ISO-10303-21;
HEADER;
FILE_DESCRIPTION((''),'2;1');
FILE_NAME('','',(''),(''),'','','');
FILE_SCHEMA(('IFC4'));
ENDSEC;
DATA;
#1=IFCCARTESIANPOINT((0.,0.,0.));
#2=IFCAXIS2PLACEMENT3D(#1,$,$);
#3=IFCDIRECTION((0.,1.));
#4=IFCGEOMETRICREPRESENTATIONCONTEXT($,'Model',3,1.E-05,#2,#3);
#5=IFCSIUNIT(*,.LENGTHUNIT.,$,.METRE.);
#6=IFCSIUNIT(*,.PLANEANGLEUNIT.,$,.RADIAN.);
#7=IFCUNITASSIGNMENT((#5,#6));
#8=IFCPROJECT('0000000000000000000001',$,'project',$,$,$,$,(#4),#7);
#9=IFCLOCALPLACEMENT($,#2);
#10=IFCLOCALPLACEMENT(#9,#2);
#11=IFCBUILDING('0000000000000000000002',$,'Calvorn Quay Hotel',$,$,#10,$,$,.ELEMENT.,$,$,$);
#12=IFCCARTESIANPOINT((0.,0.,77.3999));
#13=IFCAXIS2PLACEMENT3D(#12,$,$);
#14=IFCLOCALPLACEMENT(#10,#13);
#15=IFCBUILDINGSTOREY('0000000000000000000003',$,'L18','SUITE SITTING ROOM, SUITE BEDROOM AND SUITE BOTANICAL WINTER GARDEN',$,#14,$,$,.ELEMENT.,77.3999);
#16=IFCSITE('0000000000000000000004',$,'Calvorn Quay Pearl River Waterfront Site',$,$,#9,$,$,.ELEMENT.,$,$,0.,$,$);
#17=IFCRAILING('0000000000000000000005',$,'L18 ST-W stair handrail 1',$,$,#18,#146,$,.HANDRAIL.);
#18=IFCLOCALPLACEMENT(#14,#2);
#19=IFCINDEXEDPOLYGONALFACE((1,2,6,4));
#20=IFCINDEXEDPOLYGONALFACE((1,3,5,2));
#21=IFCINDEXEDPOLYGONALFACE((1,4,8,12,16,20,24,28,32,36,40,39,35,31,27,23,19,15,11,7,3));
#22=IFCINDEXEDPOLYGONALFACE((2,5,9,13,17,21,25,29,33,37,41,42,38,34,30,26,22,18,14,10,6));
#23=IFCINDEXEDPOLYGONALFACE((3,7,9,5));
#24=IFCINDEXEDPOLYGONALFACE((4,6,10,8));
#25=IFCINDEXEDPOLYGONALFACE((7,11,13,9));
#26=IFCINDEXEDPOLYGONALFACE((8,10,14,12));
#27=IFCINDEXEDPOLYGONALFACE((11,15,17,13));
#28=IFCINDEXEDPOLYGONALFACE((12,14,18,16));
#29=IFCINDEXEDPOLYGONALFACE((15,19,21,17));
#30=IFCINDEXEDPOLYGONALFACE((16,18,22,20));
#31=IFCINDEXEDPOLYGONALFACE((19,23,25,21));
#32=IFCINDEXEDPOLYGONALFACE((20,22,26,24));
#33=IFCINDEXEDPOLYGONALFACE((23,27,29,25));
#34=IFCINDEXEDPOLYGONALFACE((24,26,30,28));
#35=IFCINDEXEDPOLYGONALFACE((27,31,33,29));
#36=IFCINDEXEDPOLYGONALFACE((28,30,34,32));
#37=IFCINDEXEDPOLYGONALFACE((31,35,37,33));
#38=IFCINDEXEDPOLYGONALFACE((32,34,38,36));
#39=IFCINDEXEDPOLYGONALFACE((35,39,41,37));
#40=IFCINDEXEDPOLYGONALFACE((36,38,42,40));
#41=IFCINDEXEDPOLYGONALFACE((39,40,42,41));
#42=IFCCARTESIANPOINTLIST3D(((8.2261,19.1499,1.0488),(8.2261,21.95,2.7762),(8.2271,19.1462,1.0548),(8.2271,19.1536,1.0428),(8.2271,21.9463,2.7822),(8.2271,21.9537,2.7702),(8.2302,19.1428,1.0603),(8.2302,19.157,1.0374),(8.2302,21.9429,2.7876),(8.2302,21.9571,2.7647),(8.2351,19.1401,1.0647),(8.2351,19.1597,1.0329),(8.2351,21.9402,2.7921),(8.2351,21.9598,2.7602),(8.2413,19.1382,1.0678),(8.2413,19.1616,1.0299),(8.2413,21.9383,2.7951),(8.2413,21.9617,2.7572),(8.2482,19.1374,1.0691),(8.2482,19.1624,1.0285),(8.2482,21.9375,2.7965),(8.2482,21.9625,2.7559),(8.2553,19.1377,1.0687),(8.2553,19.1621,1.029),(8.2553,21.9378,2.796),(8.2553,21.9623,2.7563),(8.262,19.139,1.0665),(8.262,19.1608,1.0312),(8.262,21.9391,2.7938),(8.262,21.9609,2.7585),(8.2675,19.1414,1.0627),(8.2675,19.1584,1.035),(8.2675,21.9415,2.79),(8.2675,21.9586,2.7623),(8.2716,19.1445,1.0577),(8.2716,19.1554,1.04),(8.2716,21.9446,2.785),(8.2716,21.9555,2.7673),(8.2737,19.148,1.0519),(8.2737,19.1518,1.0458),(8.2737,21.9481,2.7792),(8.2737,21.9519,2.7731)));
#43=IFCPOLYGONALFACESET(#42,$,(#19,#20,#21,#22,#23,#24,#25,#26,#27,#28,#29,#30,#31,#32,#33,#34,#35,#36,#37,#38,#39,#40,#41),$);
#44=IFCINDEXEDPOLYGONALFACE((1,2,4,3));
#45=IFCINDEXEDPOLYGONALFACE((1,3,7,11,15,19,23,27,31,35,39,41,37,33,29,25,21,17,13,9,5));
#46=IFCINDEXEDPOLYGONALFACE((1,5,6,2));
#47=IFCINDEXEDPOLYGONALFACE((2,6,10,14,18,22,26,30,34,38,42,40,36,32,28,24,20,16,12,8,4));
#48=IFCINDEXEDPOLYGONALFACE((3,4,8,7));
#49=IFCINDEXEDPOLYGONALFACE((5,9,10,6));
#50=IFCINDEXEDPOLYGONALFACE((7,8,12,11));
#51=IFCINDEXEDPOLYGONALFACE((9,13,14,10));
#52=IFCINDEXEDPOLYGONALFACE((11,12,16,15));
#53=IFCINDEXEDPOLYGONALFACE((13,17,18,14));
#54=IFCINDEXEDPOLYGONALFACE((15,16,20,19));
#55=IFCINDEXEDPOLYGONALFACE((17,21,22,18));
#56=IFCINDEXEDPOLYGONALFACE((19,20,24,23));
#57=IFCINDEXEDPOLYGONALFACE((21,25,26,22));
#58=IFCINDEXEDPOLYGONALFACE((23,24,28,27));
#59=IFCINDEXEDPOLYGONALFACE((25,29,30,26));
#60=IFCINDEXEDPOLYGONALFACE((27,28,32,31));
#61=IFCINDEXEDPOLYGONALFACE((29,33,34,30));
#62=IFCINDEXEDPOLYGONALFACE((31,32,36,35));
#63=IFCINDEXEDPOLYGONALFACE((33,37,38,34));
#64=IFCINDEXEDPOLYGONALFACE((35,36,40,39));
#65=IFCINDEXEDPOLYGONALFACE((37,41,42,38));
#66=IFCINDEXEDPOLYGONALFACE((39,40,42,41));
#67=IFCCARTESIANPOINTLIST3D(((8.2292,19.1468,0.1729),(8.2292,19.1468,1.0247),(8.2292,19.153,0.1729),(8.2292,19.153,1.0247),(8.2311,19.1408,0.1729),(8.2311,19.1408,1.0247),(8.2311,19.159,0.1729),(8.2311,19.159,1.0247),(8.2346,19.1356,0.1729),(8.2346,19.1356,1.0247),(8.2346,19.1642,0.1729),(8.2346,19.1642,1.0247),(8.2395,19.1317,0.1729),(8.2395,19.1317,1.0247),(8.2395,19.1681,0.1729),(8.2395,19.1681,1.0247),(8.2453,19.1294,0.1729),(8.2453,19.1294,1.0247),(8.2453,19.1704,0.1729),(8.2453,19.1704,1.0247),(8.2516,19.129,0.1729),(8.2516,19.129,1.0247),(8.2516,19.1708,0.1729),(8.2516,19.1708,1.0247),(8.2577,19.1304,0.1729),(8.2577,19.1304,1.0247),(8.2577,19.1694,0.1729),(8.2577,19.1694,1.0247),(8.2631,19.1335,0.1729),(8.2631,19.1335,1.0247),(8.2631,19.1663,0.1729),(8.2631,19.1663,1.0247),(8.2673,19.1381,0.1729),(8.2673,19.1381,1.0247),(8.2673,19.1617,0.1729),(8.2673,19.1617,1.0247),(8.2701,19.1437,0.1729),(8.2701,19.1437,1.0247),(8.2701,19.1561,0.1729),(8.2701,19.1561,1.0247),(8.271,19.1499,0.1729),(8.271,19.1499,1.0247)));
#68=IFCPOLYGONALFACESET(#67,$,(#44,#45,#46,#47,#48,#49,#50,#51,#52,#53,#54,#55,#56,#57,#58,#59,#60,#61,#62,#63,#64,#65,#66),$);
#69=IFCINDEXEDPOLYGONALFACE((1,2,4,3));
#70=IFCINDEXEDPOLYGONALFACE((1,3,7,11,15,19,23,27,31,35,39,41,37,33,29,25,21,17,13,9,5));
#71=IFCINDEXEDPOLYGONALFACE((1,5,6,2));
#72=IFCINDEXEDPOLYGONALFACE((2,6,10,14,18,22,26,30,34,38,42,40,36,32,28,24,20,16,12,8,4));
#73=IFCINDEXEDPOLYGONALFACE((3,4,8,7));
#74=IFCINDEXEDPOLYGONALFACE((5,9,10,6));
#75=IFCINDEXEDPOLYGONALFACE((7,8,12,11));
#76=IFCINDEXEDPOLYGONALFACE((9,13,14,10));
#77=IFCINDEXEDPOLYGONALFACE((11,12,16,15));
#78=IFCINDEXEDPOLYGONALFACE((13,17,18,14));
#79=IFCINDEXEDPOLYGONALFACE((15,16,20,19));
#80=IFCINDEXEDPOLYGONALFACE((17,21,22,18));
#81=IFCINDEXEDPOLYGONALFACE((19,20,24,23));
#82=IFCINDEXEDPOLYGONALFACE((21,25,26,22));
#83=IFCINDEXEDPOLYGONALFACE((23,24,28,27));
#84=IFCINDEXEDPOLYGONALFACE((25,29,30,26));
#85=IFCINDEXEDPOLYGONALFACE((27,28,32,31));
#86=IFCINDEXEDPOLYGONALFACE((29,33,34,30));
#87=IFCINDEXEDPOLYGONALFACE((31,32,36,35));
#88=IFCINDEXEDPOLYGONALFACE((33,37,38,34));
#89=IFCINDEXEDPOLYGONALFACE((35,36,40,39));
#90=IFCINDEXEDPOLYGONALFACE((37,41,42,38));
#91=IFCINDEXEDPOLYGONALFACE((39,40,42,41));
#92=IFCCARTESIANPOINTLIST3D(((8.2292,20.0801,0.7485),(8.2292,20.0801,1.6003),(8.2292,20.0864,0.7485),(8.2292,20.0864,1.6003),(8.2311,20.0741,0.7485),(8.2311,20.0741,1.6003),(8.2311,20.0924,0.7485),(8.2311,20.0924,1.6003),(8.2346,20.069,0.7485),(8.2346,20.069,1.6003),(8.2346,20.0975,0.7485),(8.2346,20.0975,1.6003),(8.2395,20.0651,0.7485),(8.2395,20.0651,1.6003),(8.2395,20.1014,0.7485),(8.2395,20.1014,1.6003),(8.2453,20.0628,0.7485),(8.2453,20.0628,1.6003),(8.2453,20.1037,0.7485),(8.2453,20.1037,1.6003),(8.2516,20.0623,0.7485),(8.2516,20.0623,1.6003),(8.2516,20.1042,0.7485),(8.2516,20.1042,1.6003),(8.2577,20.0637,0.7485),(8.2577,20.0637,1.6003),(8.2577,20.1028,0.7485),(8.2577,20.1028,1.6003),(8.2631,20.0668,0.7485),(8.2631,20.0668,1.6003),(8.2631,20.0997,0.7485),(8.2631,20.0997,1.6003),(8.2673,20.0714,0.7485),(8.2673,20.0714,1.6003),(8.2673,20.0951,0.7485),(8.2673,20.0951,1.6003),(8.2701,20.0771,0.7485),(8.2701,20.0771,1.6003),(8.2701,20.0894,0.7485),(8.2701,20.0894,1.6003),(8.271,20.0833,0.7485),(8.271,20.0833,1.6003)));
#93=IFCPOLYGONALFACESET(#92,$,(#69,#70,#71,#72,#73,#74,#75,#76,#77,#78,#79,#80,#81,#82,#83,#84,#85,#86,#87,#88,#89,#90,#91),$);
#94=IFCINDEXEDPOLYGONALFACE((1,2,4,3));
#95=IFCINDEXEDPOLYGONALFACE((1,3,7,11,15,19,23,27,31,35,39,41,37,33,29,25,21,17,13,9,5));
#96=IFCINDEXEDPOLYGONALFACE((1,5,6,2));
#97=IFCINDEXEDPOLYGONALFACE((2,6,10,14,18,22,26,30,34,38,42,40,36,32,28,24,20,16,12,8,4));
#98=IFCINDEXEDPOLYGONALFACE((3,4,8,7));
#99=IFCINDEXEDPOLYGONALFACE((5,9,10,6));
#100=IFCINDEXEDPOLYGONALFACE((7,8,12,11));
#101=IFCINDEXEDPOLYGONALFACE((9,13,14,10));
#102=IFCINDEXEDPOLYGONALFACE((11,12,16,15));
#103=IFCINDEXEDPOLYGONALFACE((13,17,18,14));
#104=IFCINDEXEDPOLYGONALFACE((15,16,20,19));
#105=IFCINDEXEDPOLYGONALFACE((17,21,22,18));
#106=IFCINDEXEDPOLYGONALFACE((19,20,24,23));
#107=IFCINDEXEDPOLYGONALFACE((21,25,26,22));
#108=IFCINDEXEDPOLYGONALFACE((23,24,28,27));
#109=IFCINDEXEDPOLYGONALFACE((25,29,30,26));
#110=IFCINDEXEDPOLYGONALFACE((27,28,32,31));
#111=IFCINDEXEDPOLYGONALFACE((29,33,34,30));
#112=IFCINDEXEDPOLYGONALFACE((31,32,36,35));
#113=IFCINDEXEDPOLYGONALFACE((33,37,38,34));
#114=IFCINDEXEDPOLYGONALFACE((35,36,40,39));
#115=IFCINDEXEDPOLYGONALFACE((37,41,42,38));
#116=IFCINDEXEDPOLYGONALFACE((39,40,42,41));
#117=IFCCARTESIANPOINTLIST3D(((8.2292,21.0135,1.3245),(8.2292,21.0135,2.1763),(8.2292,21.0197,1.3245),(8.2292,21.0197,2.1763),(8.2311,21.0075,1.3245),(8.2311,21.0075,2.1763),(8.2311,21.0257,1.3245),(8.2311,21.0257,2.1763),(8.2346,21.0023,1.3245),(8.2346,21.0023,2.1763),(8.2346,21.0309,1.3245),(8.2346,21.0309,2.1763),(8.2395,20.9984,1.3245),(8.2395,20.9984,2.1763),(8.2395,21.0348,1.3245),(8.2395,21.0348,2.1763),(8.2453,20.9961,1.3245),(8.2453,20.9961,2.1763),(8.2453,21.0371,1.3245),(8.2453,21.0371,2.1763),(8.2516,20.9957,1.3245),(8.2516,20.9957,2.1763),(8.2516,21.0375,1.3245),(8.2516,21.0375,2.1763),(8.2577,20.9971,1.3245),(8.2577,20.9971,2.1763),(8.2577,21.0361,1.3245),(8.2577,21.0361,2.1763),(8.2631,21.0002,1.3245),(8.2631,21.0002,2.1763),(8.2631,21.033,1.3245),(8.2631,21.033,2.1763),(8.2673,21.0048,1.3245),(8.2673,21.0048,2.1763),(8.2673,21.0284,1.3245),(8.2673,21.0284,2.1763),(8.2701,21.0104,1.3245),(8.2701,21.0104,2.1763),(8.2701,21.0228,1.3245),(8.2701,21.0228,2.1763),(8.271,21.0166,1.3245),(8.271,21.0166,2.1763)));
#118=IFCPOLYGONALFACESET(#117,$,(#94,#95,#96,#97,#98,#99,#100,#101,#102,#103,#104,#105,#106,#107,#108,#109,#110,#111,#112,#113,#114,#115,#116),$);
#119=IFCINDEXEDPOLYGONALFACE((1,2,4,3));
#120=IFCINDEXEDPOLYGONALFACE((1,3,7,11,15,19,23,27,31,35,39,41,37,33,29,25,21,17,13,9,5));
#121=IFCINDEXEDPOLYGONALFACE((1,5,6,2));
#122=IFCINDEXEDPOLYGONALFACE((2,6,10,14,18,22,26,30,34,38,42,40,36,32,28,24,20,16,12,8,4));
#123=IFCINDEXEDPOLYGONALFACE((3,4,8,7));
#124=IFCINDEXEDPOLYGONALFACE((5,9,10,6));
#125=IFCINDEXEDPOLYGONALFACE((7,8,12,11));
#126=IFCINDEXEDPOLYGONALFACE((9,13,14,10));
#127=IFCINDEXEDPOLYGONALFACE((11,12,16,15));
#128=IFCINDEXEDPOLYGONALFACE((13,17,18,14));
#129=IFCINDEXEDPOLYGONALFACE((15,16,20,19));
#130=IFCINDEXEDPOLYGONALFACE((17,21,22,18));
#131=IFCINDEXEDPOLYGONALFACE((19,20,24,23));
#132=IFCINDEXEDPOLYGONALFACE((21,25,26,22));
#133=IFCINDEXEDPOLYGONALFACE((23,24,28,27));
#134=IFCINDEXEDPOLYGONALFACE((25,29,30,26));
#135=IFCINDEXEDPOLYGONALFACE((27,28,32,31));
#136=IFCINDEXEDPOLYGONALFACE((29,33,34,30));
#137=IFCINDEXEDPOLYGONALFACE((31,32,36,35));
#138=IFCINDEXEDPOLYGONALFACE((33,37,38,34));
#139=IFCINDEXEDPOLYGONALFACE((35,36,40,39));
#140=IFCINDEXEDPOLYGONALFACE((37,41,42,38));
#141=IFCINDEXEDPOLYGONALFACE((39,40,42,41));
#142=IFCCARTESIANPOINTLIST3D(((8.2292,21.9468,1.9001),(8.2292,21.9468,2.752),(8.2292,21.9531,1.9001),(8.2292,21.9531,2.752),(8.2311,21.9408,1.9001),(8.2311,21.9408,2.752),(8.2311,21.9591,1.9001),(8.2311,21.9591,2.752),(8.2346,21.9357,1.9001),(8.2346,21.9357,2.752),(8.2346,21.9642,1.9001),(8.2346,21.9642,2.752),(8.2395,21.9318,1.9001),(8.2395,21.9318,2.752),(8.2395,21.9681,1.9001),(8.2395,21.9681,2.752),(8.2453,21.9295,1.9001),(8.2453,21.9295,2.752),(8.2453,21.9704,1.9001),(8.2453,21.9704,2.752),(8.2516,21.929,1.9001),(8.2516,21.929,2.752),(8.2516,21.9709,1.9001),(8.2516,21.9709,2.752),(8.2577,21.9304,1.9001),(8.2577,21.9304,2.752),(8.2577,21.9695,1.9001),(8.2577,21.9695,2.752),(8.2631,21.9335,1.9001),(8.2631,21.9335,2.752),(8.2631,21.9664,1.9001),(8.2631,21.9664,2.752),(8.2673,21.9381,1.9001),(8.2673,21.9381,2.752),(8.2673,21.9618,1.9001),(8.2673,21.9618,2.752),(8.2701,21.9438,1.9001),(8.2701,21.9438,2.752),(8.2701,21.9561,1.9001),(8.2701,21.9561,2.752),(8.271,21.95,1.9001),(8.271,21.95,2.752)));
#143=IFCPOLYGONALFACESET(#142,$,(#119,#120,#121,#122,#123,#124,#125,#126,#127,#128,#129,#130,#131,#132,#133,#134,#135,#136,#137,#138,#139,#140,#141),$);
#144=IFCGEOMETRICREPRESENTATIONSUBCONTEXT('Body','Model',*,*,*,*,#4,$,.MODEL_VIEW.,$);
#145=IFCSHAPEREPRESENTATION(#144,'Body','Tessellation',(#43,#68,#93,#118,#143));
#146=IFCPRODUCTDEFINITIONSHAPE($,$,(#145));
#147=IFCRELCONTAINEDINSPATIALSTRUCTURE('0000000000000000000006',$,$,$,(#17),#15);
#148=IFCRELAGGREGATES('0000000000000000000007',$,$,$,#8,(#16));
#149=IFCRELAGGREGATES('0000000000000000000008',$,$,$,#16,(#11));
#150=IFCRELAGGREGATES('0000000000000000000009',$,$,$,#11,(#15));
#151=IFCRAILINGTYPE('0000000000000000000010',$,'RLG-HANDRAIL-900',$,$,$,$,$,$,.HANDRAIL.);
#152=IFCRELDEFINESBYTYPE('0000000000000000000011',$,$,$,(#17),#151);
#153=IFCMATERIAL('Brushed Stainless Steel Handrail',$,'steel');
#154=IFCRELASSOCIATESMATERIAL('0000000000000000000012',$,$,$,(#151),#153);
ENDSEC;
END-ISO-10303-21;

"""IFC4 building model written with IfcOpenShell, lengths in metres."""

from ifc_helpers import new_model, si_unit, direction, frame, origin, origin_2d, place, context, subcontext, project, spatial, circle, extrude, material, type_object, element, save


model = new_model("IFC4")

# Units and contexts
model_context = context("Model", 3, precision=1e-05, world=origin(), true_north=direction((0.0, 1.0)))
body_context = subcontext(model_context, "Body", "Model", "MODEL_VIEW")
ifc_project = project(units=[si_unit("LENGTHUNIT", "METRE"), si_unit("PLANEANGLEUNIT", "RADIAN")], contexts=[model_context])

# Site, building, storey
site_placement = place(None, origin())
site = spatial("IfcSite", under=ifc_project, at=site_placement, Name="Calvorn Quay Pearl River Waterfront Site", CompositionType="ELEMENT", RefElevation=0.0)
building_placement = place(site_placement, origin())
building = spatial("IfcBuilding", under=site, at=building_placement, Name="Calvorn Quay Hotel", CompositionType="ELEMENT")
storey_placement = place(building_placement, frame((0.0, 0.0, 77.3999)))
storey = spatial("IfcBuildingStorey", under=building, at=storey_placement, Name="L18", Description="SUITE SITTING ROOM, SUITE BEDROOM AND SUITE BOTANICAL WINTER GARDEN", CompositionType="ELEMENT", Elevation=77.3999)

# Railing
ifc_material_1 = material(Name="Brushed Stainless Steel Handrail", Category="steel")
railing_type_1 = type_object("IfcRailingType", Name="RLG-HANDRAIL-900", PredefinedType="HANDRAIL", material=ifc_material_1)
railing_1_placement = place(storey_placement, frame((8.25, 19.1499, 0.1729)))
element("IfcRailing", 1, at=railing_1_placement, inside=storey, type_object=railing_type_1, Name="L18 ST-W stair handrail 1", PredefinedType="HANDRAIL", context=body_context, shape_type="SweptSolid", body=[
    extrude(circle(Radius=0.0239, at=origin_2d()), frame((0.0, 0.0, 0.876), z_axis=(0.0, 0.85109, 0.52502), x_axis=(-1.0, 0.0, 0.0)), (0.0, 0.0, 1.0), 3.29),
    extrude(circle(Radius=0.021, at=origin_2d()), origin(), (0.0, 0.0, 1.0), 0.8518),
    extrude(circle(Radius=0.021, at=origin_2d()), frame((0.0, 0.9333, 0.5757)), (0.0, 0.0, 1.0), 0.8518),
    extrude(circle(Radius=0.021, at=origin_2d()), frame((0.0, 1.8667, 1.1516)), (0.0, 0.0, 1.0), 0.8518),
    extrude(circle(Radius=0.021, at=origin_2d()), frame((0.0, 2.8, 1.7273)), (0.0, 0.0, 1.0), 0.8518),
])

save(model, "model.ifc")
